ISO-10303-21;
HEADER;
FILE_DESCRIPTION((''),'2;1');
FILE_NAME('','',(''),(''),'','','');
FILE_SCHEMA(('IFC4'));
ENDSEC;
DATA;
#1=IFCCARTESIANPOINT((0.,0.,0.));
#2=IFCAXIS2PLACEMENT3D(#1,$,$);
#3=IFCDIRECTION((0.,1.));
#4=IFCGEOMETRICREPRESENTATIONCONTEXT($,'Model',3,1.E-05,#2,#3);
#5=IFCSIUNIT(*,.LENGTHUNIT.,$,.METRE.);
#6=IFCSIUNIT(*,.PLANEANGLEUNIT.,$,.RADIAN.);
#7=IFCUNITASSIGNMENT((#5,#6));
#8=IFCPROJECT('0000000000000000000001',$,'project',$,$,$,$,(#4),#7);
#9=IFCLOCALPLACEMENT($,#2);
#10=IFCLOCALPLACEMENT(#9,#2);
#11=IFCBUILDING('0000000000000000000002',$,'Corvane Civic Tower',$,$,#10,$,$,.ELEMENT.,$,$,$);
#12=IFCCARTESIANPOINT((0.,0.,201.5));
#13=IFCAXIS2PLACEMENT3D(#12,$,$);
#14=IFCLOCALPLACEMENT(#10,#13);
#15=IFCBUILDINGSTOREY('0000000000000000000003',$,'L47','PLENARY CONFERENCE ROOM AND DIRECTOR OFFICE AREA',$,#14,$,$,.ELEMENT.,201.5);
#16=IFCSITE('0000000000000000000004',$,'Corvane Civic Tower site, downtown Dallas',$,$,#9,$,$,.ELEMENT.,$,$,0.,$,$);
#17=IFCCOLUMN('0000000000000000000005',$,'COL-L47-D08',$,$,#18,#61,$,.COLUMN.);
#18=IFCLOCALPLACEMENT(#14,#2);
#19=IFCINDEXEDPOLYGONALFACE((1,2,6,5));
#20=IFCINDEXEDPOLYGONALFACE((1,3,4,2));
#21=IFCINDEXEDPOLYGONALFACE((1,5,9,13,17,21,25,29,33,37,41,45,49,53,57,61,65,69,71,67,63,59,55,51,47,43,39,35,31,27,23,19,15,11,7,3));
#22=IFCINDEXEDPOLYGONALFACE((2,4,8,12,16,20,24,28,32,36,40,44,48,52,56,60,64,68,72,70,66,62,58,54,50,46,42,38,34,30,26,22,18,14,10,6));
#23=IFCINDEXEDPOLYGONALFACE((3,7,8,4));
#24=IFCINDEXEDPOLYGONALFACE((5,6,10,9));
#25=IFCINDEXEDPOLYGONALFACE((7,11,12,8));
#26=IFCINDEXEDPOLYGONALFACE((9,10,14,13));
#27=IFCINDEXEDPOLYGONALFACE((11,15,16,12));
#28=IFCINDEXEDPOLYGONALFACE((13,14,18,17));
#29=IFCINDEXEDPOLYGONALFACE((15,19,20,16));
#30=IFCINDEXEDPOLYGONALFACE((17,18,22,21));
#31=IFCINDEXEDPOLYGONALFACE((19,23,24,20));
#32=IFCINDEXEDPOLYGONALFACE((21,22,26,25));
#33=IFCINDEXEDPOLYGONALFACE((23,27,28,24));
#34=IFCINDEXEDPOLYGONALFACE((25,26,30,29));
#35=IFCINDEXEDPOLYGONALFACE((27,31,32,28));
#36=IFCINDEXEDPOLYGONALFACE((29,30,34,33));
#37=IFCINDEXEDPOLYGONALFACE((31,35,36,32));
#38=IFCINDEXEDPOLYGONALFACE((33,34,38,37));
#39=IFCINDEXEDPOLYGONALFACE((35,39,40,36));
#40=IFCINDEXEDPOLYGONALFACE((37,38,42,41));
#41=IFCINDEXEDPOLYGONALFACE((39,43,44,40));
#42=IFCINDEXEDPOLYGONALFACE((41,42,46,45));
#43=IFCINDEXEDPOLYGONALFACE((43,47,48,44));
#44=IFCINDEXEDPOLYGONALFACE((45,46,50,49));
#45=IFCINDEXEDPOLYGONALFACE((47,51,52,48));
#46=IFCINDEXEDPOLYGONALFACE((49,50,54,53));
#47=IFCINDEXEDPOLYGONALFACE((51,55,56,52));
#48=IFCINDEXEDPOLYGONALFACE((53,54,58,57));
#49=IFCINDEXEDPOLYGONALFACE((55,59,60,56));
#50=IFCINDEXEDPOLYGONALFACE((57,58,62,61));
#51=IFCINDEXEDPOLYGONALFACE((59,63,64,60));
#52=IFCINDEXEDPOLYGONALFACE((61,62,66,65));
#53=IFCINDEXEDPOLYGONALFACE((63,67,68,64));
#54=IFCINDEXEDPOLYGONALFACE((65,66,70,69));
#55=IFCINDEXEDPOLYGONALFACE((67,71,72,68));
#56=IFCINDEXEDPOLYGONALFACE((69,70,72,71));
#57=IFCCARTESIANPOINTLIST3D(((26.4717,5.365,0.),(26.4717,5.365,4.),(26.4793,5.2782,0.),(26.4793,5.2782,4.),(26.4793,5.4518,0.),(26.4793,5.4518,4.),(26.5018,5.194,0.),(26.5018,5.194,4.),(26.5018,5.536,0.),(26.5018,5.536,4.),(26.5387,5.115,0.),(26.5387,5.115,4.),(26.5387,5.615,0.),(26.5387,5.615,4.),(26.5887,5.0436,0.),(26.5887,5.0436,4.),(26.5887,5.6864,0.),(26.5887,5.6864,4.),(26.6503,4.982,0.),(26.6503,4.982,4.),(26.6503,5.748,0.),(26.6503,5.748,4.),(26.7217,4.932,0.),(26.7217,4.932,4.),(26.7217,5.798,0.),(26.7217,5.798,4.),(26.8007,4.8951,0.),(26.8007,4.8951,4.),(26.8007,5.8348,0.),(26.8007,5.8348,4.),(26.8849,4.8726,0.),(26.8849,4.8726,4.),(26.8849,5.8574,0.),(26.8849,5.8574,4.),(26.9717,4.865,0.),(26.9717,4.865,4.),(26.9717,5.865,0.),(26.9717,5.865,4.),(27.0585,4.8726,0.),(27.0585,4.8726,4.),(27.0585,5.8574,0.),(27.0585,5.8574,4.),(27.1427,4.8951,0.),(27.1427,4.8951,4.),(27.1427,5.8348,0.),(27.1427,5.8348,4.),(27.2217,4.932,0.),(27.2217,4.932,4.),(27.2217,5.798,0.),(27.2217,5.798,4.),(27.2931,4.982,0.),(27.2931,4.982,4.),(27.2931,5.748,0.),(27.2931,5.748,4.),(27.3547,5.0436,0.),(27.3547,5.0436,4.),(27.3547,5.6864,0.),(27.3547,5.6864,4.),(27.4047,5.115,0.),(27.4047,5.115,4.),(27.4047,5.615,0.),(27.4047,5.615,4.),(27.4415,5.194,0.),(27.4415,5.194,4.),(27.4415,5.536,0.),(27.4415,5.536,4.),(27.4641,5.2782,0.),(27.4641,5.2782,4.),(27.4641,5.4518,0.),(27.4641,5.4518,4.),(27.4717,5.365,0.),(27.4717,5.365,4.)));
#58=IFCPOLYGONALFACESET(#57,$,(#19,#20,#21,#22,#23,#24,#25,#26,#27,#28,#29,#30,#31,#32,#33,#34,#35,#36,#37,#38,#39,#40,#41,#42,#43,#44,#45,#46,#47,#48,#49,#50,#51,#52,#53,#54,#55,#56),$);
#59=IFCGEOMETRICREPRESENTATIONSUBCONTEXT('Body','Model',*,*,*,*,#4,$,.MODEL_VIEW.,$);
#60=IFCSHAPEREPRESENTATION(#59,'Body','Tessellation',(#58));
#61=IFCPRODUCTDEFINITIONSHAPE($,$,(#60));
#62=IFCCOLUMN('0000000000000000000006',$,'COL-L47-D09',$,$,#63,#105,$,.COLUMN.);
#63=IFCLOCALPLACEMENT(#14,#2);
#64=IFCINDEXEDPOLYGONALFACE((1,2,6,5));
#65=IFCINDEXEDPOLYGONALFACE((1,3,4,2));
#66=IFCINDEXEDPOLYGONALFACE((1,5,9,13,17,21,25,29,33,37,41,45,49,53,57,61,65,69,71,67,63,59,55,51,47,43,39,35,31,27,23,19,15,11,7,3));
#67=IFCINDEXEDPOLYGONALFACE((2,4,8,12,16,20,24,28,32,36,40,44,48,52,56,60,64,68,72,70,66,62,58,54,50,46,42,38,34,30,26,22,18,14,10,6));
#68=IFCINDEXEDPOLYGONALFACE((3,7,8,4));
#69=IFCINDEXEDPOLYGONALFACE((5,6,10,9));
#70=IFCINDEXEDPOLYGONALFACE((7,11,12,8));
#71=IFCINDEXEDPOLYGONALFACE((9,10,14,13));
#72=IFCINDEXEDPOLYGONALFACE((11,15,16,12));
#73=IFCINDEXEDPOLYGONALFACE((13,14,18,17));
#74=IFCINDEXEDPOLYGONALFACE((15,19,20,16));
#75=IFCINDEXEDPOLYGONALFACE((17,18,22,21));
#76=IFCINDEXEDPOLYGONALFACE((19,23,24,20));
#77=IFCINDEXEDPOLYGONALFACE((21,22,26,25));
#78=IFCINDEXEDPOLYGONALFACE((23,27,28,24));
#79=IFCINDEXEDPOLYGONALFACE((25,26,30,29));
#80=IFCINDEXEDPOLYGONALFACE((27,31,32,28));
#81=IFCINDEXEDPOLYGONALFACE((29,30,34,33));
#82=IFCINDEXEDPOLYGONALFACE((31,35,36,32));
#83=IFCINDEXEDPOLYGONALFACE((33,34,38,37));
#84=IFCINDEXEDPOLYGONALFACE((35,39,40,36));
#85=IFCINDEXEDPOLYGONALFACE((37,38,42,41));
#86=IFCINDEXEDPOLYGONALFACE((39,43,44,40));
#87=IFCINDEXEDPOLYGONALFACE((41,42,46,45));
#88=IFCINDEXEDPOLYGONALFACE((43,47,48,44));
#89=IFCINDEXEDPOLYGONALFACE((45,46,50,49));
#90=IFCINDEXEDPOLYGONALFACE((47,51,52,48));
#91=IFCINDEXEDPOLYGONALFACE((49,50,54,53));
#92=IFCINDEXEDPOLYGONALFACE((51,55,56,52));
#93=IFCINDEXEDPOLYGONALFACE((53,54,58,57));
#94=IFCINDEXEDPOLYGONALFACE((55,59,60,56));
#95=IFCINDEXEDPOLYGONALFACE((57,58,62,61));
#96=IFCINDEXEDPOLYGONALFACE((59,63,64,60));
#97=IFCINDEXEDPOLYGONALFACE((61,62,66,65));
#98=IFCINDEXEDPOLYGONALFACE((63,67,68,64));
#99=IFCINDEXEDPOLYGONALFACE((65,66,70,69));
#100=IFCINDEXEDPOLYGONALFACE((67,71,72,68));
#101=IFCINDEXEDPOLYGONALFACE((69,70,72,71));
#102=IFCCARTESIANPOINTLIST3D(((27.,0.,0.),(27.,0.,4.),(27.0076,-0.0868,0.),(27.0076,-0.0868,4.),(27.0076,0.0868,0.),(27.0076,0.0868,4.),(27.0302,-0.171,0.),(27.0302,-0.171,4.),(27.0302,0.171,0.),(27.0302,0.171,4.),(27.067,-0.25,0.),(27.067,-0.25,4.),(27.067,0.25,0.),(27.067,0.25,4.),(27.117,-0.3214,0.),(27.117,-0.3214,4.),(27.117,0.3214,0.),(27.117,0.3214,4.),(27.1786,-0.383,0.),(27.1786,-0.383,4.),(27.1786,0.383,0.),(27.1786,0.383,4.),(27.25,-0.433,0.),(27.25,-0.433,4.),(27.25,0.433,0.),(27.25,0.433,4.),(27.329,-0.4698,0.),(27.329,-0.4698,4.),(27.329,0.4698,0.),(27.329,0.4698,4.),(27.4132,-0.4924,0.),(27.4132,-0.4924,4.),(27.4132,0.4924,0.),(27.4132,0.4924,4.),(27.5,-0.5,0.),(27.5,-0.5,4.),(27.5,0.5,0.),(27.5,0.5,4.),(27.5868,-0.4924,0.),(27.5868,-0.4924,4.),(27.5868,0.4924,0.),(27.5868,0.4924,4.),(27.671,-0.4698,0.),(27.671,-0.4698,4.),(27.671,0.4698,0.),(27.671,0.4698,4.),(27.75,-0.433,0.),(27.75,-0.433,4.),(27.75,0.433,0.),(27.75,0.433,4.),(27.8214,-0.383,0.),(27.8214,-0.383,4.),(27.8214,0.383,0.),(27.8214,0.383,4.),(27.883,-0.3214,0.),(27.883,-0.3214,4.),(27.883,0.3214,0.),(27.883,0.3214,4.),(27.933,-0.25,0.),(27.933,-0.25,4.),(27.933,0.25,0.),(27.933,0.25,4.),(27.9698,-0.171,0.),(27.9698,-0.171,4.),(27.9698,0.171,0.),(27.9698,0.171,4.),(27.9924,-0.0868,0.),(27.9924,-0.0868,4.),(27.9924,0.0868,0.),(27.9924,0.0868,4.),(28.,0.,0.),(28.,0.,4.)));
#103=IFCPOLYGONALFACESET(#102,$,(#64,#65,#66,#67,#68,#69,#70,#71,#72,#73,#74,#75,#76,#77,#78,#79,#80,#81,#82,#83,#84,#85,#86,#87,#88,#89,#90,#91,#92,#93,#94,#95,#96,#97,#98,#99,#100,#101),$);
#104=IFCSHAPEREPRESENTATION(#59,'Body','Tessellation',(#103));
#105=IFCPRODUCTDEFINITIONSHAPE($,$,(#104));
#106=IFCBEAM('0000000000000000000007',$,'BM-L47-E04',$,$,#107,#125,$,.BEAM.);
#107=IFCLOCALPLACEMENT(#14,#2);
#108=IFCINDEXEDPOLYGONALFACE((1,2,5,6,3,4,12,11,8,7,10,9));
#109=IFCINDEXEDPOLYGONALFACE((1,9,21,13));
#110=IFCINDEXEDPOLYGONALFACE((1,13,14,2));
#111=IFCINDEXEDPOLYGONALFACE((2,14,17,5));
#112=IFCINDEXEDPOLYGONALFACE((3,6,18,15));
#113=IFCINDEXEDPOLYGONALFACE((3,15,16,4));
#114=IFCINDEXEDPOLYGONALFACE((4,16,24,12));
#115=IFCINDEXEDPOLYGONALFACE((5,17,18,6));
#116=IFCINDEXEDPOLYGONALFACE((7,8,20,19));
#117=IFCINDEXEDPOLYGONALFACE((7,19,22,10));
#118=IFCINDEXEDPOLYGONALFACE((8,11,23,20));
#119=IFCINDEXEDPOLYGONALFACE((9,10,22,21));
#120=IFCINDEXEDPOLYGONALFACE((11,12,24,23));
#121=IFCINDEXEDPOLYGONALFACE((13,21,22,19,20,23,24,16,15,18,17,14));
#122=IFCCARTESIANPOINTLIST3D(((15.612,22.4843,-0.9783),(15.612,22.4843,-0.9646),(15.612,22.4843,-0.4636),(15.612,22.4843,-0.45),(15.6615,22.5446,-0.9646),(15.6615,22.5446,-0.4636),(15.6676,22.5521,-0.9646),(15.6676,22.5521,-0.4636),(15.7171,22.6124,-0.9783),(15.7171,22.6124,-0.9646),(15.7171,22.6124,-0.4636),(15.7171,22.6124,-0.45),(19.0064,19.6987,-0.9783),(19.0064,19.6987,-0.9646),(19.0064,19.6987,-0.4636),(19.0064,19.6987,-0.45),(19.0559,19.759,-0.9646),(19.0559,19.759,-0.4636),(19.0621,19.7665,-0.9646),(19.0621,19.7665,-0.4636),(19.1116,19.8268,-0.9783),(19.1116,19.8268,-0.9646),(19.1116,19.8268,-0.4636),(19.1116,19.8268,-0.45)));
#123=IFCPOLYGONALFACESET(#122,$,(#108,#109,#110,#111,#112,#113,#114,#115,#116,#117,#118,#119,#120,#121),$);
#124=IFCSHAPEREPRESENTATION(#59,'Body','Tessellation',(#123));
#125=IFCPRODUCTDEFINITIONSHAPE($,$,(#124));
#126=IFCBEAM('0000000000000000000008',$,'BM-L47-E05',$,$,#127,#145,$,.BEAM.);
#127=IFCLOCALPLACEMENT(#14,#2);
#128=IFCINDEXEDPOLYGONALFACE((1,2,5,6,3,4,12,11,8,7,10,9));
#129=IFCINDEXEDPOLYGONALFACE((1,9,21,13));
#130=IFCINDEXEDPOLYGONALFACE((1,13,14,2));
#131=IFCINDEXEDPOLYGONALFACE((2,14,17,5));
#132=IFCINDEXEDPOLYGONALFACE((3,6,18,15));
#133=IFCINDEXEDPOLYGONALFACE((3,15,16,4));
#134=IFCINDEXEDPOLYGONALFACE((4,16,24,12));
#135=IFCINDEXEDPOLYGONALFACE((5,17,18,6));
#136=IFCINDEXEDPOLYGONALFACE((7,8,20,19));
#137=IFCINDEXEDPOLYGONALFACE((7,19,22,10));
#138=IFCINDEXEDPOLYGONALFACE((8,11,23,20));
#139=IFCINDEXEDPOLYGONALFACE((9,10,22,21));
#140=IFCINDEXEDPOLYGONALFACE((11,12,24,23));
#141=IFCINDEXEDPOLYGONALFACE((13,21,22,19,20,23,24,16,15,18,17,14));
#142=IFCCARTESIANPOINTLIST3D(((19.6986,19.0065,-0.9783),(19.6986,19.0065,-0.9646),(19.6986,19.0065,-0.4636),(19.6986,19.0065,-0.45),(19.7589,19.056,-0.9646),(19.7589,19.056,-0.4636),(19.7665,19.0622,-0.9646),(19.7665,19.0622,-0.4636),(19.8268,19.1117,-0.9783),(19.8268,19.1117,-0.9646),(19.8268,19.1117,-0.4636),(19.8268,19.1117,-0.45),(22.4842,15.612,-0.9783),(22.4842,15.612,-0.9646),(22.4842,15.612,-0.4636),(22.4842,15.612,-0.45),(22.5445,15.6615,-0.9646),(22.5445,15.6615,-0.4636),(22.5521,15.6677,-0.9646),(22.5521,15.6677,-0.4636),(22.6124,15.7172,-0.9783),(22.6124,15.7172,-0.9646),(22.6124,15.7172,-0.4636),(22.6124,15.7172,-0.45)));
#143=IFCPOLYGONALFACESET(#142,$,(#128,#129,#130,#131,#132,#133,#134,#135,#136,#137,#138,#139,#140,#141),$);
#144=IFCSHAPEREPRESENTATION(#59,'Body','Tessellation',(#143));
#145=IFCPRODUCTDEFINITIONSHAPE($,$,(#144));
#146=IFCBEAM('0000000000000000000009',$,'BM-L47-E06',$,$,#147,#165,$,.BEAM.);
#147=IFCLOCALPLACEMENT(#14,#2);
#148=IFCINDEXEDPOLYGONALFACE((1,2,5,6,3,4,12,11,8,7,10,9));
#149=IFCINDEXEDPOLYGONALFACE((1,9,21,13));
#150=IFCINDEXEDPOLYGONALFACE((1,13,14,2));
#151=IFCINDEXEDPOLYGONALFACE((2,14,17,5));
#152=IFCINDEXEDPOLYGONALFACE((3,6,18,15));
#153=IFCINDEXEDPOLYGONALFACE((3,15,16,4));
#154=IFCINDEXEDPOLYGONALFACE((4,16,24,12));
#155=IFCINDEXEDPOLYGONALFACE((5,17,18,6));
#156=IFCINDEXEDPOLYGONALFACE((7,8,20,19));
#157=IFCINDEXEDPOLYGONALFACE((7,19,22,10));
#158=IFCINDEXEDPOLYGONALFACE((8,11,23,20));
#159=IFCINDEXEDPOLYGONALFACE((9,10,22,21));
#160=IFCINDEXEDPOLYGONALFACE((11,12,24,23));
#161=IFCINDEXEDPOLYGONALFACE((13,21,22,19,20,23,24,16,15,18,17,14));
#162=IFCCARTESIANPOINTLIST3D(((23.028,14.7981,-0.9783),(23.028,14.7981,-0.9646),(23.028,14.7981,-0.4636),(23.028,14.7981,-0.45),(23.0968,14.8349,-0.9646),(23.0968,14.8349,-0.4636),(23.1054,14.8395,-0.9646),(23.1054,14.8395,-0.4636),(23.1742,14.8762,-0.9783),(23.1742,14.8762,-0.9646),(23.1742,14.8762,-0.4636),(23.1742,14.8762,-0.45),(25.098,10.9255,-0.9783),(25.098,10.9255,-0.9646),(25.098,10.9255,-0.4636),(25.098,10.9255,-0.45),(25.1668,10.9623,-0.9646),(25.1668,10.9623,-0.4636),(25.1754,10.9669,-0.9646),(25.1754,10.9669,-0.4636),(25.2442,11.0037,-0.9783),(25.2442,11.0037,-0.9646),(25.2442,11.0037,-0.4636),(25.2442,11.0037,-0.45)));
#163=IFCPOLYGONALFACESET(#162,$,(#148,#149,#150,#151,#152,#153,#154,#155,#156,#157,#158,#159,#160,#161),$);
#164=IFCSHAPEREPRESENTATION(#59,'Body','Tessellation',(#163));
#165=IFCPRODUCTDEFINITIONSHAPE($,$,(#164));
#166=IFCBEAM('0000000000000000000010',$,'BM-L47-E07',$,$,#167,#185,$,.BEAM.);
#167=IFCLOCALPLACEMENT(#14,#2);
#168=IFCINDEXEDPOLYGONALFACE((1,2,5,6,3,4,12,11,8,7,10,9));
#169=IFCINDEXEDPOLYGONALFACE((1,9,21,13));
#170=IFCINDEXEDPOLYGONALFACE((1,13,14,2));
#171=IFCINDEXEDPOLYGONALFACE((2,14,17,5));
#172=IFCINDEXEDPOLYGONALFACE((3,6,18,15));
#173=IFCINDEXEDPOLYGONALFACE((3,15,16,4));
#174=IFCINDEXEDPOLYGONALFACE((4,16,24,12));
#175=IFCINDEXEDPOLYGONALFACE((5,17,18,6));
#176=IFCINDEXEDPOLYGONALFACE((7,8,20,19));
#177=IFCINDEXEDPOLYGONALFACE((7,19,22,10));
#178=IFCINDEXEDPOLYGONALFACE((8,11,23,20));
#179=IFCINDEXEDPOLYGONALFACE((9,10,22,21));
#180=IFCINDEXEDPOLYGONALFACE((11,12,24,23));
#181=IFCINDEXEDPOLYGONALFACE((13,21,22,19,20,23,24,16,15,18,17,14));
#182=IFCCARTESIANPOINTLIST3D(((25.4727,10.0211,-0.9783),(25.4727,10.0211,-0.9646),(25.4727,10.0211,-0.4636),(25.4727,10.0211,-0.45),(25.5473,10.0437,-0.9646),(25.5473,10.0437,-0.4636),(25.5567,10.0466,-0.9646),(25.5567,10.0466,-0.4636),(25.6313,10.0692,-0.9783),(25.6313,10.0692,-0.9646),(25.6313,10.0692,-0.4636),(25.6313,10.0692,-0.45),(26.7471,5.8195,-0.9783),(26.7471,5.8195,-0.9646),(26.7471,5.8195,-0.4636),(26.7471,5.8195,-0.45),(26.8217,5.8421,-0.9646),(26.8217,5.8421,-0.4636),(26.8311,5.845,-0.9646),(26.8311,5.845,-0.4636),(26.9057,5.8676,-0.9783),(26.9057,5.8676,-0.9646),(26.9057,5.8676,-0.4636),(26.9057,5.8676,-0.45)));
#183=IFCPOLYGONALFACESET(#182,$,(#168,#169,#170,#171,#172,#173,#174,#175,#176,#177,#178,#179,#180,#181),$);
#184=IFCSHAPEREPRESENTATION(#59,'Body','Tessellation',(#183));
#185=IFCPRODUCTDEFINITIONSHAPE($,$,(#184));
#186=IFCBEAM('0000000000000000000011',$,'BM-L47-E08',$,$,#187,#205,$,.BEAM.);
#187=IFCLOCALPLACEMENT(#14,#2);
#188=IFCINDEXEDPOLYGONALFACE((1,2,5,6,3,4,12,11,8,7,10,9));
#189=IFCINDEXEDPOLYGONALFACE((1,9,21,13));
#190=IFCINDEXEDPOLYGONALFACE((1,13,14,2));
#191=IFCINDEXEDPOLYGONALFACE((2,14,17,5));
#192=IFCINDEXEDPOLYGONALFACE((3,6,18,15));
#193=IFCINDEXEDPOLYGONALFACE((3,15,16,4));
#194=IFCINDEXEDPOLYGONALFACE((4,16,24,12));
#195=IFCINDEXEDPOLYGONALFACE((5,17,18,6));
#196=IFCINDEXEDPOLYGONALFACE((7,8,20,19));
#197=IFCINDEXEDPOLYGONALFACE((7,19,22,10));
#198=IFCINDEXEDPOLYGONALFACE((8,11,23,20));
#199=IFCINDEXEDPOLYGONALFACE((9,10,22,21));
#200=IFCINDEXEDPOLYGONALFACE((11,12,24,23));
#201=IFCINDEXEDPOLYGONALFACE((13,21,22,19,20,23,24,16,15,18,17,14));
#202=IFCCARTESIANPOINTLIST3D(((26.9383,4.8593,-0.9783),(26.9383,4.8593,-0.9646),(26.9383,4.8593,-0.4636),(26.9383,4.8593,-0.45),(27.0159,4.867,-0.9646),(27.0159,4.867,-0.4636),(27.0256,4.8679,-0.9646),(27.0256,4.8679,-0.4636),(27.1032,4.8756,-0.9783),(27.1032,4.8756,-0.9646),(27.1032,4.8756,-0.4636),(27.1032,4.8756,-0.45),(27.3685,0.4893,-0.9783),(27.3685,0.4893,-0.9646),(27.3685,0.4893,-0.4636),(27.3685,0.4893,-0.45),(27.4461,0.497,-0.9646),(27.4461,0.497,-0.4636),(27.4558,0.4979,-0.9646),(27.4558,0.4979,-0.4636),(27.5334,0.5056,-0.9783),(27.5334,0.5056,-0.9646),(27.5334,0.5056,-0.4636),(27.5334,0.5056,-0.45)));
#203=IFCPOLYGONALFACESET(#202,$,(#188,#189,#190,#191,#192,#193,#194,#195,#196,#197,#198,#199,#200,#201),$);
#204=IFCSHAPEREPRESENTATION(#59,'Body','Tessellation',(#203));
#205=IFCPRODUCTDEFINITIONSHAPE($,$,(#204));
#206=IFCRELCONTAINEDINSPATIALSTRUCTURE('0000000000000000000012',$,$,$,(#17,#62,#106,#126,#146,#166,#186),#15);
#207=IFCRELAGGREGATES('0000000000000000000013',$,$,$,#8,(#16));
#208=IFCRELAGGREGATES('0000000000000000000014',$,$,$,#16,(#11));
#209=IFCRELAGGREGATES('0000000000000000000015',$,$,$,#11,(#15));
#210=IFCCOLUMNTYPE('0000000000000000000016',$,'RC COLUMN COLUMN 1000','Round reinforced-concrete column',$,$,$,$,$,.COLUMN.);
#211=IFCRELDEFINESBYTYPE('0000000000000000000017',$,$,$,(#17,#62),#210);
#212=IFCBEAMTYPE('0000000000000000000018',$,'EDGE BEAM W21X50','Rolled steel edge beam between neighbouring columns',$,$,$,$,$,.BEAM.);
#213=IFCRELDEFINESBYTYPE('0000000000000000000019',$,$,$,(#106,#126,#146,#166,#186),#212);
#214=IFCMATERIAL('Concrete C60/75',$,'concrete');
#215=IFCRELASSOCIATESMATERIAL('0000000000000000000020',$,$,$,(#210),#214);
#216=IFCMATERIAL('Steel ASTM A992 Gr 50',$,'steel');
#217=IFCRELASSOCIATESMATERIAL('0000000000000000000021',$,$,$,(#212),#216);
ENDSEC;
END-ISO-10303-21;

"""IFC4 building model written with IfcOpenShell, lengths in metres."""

from ifc_helpers import new_model, si_unit, direction, frame, origin, origin_2d, place, context, subcontext, project, spatial, circle, i_section, extrude, material, material_profile, profile_set, type_object, element, save


model = new_model("IFC4")

# Units and contexts
model_context = context("Model", 3, precision=1e-05, world=origin(), true_north=direction((0.0, 1.0)))
body_context = subcontext(model_context, "Body", "Model", "MODEL_VIEW")
ifc_project = project(units=[si_unit("LENGTHUNIT", "METRE"), si_unit("PLANEANGLEUNIT", "RADIAN")], contexts=[model_context])

# Site, building, storey
site_placement = place(None, origin())
site = spatial("IfcSite", under=ifc_project, at=site_placement, Name="Corvane Civic Tower site, downtown Dallas", CompositionType="ELEMENT", RefElevation=0.0)
building_placement = place(site_placement, origin())
building = spatial("IfcBuilding", under=site, at=building_placement, Name="Corvane Civic Tower", CompositionType="ELEMENT")
storey_placement = place(building_placement, frame((0.0, 0.0, 201.5)))
storey = spatial("IfcBuildingStorey", under=building, at=storey_placement, Name="L47", Description="PLENARY CONFERENCE ROOM AND DIRECTOR OFFICE AREA", CompositionType="ELEMENT", Elevation=201.5)

# Columns
ifc_material_1 = material(Name="Concrete C60/75", Category="concrete")
ifc_material_profile_1 = material_profile(ifc_material_1, circle(Radius=0.5, at=origin_2d()), Name="COLUMN 1000")
ifc_profile_set_1 = profile_set([ifc_material_profile_1], Name="Concrete C60/75")
column_type = type_object("IfcColumnType", Name="RC COLUMN COLUMN 1000", Description="Round reinforced-concrete column", PredefinedType="COLUMN", material=ifc_profile_set_1)
for number, where, z_axis, x_axis, name in (
    (1, (26.9717, 5.365, 0.0), (0.0, 0.0, 1.0), (1.0, 0.0, 0.0), "COL-L47-D08"),
    (2, (27.5, 0.0, 0.0), (0.0, 0.0, 1.0), (1.0, 0.0, 0.0), "COL-L47-D09"),
):
    element("IfcColumn", number, at=place(storey_placement, frame(where, z_axis=z_axis, x_axis=x_axis)), inside=storey, type_object=column_type, Name=name, PredefinedType="COLUMN", context=body_context, shape_type="SweptSolid", body=[
        extrude(circle(Radius=0.5, at=origin_2d()), origin(), (0.0, 0.0, 1.0), 4.0),
    ])

# Beams
ifc_material_2 = material(Name="Steel ASTM A992 Gr 50", Category="steel")
ifc_material_profile_2 = material_profile(ifc_material_2, i_section(OverallWidth=0.1658, OverallDepth=0.5283, WebThickness=0.0098, FlangeThickness=0.0137, at=origin_2d()), Name="W21X50")
ifc_profile_set_2 = profile_set([ifc_material_profile_2], Name="Steel ASTM A992 Gr 50")
beam_type_1 = type_object("IfcBeamType", Name="EDGE BEAM W21X50", Description="Rolled steel edge beam between neighbouring columns", PredefinedType="BEAM", material=ifc_profile_set_2)
for number, where, z_axis, x_axis, name in (
    (3, (15.6646, 22.5483, -0.7141), (0.77303, -0.634369, 0.0), (0.634369, 0.77303, 0.0), "BM-L47-E04"),
    (4, (19.7627, 19.0591, -0.7141), (0.634369, -0.77303, 0.0), (0.77303, 0.634369, 0.0), "BM-L47-E05"),
    (5, (23.1011, 14.8372, -0.7141), (0.471422, -0.881908, 0.0), (0.881908, 0.471422, 0.0), "BM-L47-E06"),
):
    element("IfcBeam", number, at=place(storey_placement, frame(where, z_axis=z_axis, x_axis=x_axis)), inside=storey, type_object=beam_type_1, Name=name, PredefinedType="BEAM", context=body_context, shape_type="SweptSolid", body=[
        extrude(i_section(OverallWidth=0.1658, OverallDepth=0.5283, WebThickness=0.0098, FlangeThickness=0.0137, at=origin_2d()), origin(), (0.0, 0.0, 1.0), 4.3911),
    ])
beam_1_placement = place(storey_placement, frame((25.552, 10.0452, -0.7141), z_axis=(0.290254, -0.95695, 0.0), x_axis=(0.95695, 0.290254, 0.0)))
element("IfcBeam", 6, at=beam_1_placement, inside=storey, type_object=beam_type_1, Name="BM-L47-E07", PredefinedType="BEAM", context=body_context, shape_type="SweptSolid", body=[
    extrude(i_section(OverallWidth=0.1658, OverallDepth=0.5283, WebThickness=0.0098, FlangeThickness=0.0137, at=origin_2d()), origin(), (0.0, 0.0, 1.0), 4.3906),
])
beam_2_placement = place(storey_placement, frame((27.0208, 4.8674, -0.7141), z_axis=(0.097968, -0.99519, 0.0), x_axis=(0.99519, 0.097968, 0.0)))
element("IfcBeam", 7, at=beam_2_placement, inside=storey, type_object=beam_type_1, Name="BM-L47-E08", PredefinedType="BEAM", context=body_context, shape_type="SweptSolid", body=[
    extrude(i_section(OverallWidth=0.1658, OverallDepth=0.5283, WebThickness=0.0098, FlangeThickness=0.0137, at=origin_2d()), origin(), (0.0, 0.0, 1.0), 4.3911),
])

save(model, "model.ifc")
